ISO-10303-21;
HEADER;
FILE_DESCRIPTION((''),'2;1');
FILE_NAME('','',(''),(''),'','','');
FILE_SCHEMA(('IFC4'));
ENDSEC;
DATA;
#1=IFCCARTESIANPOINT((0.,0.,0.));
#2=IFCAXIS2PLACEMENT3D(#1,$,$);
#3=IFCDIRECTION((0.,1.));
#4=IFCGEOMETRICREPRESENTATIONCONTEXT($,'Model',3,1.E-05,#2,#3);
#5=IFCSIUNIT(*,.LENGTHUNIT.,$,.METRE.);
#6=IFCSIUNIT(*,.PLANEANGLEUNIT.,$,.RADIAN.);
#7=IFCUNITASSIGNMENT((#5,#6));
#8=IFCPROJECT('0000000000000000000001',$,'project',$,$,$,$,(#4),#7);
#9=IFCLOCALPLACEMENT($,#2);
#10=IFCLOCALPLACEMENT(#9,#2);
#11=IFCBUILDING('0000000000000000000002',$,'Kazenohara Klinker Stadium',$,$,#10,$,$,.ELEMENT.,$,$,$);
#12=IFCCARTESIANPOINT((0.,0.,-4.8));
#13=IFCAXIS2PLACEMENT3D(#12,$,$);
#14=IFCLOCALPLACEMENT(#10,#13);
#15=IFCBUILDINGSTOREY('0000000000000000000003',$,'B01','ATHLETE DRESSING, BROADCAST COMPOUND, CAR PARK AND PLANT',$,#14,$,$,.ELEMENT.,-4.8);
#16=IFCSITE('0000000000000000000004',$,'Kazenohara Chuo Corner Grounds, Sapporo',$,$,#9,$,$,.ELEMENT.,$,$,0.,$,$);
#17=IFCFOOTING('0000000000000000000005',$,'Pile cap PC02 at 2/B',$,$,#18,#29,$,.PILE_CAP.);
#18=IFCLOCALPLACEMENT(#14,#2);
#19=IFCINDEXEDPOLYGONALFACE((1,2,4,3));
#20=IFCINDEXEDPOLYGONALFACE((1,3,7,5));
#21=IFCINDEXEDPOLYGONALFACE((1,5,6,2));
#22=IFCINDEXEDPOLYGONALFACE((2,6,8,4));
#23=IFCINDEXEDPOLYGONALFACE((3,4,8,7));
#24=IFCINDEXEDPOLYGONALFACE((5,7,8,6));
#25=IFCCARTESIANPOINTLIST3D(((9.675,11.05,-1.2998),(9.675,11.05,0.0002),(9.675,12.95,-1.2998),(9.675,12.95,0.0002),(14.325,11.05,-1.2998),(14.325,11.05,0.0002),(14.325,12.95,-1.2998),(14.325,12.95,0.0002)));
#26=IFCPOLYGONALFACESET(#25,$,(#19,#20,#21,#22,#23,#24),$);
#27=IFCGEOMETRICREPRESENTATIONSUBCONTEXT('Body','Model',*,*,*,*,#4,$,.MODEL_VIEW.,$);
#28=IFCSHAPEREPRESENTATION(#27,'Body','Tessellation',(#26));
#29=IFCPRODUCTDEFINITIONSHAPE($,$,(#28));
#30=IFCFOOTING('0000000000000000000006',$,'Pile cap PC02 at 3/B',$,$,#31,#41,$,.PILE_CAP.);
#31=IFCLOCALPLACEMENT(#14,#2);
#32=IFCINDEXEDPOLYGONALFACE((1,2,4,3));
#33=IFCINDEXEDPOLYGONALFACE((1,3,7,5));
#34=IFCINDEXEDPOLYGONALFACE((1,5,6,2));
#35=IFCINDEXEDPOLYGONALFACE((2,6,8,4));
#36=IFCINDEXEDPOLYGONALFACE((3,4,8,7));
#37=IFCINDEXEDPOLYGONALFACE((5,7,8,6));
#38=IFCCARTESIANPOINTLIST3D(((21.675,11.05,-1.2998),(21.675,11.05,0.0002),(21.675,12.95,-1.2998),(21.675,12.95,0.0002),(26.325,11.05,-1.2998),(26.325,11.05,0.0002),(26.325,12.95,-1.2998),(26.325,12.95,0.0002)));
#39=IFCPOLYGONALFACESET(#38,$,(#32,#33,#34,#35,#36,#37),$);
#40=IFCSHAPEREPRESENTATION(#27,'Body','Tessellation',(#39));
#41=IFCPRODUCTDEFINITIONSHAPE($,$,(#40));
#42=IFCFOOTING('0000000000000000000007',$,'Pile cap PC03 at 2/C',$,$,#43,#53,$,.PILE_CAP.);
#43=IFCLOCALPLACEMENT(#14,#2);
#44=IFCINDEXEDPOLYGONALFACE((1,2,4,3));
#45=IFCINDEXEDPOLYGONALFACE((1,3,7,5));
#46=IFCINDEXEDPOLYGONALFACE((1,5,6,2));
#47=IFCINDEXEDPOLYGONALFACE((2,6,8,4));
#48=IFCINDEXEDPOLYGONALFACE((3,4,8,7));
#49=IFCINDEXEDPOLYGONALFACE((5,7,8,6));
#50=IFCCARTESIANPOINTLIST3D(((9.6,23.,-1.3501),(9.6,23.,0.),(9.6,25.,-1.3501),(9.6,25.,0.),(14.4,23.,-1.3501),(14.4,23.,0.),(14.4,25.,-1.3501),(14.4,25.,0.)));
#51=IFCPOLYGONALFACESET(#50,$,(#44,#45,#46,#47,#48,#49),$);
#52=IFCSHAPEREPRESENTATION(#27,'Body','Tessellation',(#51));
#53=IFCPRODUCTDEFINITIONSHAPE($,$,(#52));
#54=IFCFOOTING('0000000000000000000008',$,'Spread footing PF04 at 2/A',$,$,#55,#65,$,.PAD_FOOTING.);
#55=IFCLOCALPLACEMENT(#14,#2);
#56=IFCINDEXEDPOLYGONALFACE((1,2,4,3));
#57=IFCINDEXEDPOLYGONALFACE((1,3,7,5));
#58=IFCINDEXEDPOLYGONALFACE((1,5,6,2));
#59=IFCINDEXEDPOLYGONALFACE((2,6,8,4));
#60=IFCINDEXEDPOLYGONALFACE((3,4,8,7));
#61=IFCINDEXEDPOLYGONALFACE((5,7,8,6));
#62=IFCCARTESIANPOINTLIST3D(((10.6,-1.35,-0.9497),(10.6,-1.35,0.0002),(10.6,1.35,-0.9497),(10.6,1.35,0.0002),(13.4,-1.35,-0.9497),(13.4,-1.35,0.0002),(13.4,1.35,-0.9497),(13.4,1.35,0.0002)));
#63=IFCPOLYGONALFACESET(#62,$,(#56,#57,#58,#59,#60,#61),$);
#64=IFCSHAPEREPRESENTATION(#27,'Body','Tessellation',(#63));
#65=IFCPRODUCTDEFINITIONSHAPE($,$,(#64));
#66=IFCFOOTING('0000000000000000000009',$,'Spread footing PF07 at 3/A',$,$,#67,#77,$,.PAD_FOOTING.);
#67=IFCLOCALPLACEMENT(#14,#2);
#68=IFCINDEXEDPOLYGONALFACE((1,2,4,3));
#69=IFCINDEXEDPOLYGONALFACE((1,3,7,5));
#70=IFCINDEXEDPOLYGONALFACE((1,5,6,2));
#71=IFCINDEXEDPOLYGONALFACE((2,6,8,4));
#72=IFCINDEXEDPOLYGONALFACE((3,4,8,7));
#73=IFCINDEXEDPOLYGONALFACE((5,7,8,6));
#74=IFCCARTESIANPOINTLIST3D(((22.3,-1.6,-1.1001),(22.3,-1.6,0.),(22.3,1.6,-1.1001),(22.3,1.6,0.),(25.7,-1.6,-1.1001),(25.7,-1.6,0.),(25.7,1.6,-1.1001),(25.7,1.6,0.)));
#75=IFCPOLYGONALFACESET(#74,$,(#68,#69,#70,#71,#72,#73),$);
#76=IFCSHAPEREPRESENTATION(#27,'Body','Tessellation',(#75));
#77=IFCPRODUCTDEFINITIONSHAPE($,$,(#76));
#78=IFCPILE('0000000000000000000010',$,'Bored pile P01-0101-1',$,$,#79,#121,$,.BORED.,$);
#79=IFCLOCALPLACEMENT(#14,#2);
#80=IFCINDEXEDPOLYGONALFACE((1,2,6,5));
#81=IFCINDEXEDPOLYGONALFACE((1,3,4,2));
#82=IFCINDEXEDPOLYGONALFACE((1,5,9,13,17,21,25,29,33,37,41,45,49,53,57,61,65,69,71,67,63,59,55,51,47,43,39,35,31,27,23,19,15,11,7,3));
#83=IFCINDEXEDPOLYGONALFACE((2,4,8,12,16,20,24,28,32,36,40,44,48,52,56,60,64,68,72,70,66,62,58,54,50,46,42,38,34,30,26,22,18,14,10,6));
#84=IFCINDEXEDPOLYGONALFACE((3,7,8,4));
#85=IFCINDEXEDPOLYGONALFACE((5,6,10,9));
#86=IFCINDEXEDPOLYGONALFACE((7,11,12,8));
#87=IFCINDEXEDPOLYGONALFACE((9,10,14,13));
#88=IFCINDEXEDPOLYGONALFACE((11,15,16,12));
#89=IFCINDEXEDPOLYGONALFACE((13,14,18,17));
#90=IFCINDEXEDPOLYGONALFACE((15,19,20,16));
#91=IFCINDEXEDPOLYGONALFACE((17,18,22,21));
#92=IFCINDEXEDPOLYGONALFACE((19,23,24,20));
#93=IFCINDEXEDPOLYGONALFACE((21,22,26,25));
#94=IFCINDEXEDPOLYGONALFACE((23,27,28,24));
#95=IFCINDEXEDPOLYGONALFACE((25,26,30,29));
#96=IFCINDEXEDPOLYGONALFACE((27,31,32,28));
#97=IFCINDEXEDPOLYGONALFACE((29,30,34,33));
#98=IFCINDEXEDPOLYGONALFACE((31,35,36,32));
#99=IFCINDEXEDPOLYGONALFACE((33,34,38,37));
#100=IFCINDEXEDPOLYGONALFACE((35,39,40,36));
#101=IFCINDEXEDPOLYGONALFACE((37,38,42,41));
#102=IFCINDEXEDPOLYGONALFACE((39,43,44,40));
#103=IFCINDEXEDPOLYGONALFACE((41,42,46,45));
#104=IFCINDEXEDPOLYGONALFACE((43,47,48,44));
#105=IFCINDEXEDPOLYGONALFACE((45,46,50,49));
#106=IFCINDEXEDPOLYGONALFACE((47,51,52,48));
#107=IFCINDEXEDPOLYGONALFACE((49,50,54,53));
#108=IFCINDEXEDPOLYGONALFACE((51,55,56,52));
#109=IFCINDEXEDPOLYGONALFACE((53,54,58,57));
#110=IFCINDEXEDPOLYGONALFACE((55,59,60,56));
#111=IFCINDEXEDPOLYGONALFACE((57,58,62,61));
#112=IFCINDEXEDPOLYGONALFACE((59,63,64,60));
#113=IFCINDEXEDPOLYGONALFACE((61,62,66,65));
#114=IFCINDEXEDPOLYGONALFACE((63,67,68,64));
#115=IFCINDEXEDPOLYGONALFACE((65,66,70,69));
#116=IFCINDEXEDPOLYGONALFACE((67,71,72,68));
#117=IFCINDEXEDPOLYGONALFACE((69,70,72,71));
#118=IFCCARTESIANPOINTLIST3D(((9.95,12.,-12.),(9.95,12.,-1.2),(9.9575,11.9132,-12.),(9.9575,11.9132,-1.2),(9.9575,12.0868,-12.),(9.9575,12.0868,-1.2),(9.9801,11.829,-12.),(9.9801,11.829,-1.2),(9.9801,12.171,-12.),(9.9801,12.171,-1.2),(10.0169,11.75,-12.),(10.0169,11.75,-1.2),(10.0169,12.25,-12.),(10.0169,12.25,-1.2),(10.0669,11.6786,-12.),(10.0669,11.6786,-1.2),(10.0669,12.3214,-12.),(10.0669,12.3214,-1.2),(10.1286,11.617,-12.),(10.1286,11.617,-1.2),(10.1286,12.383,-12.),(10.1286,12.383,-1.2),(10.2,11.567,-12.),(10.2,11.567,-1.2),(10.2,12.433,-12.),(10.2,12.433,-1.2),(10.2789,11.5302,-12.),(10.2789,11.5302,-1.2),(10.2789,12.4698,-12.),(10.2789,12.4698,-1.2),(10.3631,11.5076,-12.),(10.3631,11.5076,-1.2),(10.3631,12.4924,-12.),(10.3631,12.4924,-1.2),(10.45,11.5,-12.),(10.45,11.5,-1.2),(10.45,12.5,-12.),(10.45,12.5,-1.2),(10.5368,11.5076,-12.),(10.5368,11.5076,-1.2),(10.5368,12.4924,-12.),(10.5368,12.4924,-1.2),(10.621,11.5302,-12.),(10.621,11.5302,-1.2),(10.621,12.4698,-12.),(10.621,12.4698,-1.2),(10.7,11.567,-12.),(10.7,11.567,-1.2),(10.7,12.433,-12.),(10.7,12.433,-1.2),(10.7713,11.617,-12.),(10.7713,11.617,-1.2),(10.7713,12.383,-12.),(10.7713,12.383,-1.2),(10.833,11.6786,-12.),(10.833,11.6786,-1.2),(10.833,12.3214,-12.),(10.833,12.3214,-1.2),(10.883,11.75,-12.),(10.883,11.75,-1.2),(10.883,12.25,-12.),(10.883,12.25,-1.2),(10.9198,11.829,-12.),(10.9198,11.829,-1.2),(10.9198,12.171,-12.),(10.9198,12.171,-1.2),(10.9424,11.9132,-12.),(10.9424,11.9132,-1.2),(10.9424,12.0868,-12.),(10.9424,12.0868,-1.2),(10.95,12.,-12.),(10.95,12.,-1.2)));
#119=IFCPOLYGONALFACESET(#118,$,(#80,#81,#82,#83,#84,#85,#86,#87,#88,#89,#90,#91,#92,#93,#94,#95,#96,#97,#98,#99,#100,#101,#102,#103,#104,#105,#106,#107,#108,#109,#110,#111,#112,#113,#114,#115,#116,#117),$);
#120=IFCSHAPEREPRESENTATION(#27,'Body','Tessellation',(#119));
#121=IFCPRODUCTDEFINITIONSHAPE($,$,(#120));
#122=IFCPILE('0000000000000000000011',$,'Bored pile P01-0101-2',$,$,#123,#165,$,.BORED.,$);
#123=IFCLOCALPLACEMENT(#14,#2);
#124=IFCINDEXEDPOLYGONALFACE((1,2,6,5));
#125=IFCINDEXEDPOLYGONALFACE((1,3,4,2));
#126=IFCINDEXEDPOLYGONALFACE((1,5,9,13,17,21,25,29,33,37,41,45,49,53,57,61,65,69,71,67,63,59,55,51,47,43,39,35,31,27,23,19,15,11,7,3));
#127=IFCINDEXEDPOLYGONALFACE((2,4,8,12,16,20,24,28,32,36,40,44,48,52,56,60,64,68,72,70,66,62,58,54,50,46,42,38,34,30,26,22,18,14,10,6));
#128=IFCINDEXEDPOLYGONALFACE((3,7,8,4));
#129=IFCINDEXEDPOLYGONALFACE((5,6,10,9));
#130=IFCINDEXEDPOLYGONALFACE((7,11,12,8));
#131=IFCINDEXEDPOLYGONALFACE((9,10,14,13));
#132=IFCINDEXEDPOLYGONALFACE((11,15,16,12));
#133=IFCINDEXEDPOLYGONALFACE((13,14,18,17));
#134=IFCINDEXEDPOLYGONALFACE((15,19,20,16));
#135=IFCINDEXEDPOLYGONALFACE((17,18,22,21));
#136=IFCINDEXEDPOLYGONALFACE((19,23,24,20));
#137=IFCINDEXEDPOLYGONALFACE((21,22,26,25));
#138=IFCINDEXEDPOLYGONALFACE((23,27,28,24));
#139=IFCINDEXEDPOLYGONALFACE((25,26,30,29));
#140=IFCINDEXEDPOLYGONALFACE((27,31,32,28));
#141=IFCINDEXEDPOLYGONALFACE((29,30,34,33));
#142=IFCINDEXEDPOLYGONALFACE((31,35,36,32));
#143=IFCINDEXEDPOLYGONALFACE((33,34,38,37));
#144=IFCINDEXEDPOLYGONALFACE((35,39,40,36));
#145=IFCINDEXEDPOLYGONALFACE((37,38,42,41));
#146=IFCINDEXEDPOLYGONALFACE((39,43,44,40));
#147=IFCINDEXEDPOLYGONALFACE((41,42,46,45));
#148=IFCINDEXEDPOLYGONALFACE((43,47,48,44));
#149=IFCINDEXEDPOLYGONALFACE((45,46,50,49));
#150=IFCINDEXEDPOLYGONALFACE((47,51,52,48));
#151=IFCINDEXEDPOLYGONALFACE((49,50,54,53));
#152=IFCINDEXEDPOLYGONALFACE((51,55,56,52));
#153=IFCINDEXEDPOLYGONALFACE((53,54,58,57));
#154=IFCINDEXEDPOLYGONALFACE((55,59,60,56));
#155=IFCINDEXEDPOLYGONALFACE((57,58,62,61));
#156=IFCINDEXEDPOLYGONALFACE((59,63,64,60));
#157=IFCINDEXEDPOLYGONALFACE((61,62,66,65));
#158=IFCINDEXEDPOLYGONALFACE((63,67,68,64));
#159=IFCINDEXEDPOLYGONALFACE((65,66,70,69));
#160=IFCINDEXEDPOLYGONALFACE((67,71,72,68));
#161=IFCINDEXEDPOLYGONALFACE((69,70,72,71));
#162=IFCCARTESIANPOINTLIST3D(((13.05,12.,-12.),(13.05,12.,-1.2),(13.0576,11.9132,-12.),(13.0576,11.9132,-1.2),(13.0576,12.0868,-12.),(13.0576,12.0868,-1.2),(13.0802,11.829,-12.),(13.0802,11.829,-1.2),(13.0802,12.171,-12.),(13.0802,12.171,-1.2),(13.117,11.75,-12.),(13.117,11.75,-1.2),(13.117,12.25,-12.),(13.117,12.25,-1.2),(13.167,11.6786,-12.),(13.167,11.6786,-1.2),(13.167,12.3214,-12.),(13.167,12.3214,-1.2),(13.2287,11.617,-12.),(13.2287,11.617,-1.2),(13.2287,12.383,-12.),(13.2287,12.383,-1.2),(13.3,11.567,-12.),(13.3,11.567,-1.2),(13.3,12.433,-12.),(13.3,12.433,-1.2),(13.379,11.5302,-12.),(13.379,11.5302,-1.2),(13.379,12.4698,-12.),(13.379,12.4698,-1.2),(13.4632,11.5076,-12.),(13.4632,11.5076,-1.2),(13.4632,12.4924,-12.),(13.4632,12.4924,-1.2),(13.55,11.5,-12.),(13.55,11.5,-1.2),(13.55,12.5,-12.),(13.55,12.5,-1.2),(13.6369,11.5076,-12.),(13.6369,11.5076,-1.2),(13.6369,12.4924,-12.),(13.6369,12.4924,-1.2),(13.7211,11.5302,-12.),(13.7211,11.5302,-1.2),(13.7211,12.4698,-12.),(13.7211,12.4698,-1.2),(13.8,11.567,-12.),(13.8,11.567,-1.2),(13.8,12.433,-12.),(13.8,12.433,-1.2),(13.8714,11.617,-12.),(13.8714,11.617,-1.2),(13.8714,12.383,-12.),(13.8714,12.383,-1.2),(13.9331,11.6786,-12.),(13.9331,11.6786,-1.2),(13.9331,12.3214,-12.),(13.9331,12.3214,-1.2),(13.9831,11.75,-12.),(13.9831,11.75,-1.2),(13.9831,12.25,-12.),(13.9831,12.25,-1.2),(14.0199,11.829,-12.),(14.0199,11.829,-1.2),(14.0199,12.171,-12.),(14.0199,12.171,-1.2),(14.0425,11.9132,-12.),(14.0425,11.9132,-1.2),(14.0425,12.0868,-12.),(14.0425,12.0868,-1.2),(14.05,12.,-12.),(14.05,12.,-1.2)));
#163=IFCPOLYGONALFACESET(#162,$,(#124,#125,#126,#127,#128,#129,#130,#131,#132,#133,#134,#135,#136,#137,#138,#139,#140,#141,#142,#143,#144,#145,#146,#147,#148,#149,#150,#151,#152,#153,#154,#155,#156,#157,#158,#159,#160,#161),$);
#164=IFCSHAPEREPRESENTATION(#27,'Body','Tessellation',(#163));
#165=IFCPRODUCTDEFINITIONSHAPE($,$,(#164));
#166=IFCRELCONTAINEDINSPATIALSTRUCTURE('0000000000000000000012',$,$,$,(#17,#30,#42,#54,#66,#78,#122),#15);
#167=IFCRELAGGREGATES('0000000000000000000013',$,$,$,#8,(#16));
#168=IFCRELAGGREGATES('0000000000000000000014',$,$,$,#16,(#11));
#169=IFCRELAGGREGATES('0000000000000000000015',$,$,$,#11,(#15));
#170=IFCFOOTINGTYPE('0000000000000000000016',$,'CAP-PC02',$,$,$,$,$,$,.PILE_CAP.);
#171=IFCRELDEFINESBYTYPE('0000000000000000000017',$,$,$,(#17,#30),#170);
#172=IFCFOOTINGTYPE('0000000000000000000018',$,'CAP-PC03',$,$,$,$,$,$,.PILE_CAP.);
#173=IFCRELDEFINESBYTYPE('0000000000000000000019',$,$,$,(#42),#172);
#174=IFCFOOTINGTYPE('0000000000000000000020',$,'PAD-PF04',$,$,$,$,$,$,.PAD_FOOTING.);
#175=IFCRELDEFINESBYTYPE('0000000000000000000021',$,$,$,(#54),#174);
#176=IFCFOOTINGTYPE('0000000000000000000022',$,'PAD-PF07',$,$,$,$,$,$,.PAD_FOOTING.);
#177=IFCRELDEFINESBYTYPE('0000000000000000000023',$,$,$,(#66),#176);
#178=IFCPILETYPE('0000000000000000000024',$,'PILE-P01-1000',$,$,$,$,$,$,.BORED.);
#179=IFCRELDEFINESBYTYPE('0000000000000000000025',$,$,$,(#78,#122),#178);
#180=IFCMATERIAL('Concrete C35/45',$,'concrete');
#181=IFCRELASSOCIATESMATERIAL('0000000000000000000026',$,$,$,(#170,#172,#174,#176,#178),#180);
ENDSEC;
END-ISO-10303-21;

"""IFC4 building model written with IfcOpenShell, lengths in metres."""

from ifc_helpers import new_model, si_unit, direction, frame, origin, origin_2d, place, context, subcontext, project, spatial, rectangle, circle, extrude, material, material_profile, profile_set, type_object, element, save


model = new_model("IFC4")

# Units and contexts
model_context = context("Model", 3, precision=1e-05, world=origin(), true_north=direction((0.0, 1.0)))
body_context = subcontext(model_context, "Body", "Model", "MODEL_VIEW")
ifc_project = project(units=[si_unit("LENGTHUNIT", "METRE"), si_unit("PLANEANGLEUNIT", "RADIAN")], contexts=[model_context])

# Site, building, storey
site_placement = place(None, origin())
site = spatial("IfcSite", under=ifc_project, at=site_placement, Name="Kazenohara Chuo Corner Grounds, Sapporo", CompositionType="ELEMENT", RefElevation=0.0)
building_placement = place(site_placement, origin())
building = spatial("IfcBuilding", under=site, at=building_placement, Name="Kazenohara Klinker Stadium", CompositionType="ELEMENT")
storey_placement = place(building_placement, frame((0.0, 0.0, -4.8)))
storey = spatial("IfcBuildingStorey", under=building, at=storey_placement, Name="B01", Description="ATHLETE DRESSING, BROADCAST COMPOUND, CAR PARK AND PLANT", CompositionType="ELEMENT", Elevation=-4.8)

# Footings
ifc_material_1 = material(Name="Concrete C35/45", Category="concrete")
footing_type_1 = type_object("IfcFootingType", Name="CAP-PC02", PredefinedType="PILE_CAP", material=ifc_material_1)
for number, where, z_axis, x_axis, name in (
    (1, (12.0, 12.0, -1.2998), (0.0, 0.0, 1.0), (1.0, 0.0, 0.0), "Pile cap PC02 at 2/B"),
    (2, (24.0, 12.0, -1.2998), (0.0, 0.0, 1.0), (1.0, 0.0, 0.0), "Pile cap PC02 at 3/B"),
):
    element("IfcFooting", number, at=place(storey_placement, frame(where, z_axis=z_axis, x_axis=x_axis)), inside=storey, type_object=footing_type_1, Name=name, PredefinedType="PILE_CAP", context=body_context, shape_type="SweptSolid", body=[
        extrude(rectangle(XDim=4.6499, YDim=1.8999, at=origin_2d()), origin(), (0.0, 0.0, 1.0), 1.3),
    ])
footing_type_2 = type_object("IfcFootingType", Name="CAP-PC03", PredefinedType="PILE_CAP", material=ifc_material_1)
footing_1_placement = place(storey_placement, frame((12.0, 24.0, -1.3501), z_axis=(0.0, 0.0, 1.0), x_axis=(1.0, 0.0, 0.0)))
element("IfcFooting", 3, at=footing_1_placement, inside=storey, type_object=footing_type_2, Name="Pile cap PC03 at 2/C", PredefinedType="PILE_CAP", context=body_context, shape_type="SweptSolid", body=[
    extrude(rectangle(XDim=4.8, YDim=2.0, at=origin_2d()), origin(), (0.0, 0.0, 1.0), 1.3501),
])
footing_type_3 = type_object("IfcFootingType", Name="PAD-PF04", PredefinedType="PAD_FOOTING", material=ifc_material_1)
footing_2_placement = place(storey_placement, frame((12.0, 0.0, -0.9497), z_axis=(0.0, 0.0, 1.0), x_axis=(1.0, 0.0, 0.0)))
element("IfcFooting", 4, at=footing_2_placement, inside=storey, type_object=footing_type_3, Name="Spread footing PF04 at 2/A", PredefinedType="PAD_FOOTING", context=body_context, shape_type="SweptSolid", body=[
    extrude(rectangle(XDim=2.8, YDim=2.7, at=origin_2d()), origin(), (0.0, 0.0, 1.0), 0.95),
])
footing_type_4 = type_object("IfcFootingType", Name="PAD-PF07", PredefinedType="PAD_FOOTING", material=ifc_material_1)
footing_3_placement = place(storey_placement, frame((24.0, 0.0, -1.1001), z_axis=(0.0, 0.0, 1.0), x_axis=(1.0, 0.0, 0.0)))
element("IfcFooting", 5, at=footing_3_placement, inside=storey, type_object=footing_type_4, Name="Spread footing PF07 at 3/A", PredefinedType="PAD_FOOTING", context=body_context, shape_type="SweptSolid", body=[
    extrude(rectangle(XDim=3.3999, YDim=3.2, at=origin_2d()), origin(), (0.0, 0.0, 1.0), 1.1001),
])

# Piles
ifc_material_profile_1 = material_profile(ifc_material_1, circle(Radius=0.5, at=origin_2d()), Name="BORED-PILE-1000")
ifc_profile_set_1 = profile_set([ifc_material_profile_1], Name="Concrete C35/45")
pile_type_1 = type_object("IfcPileType", Name="PILE-P01-1000", PredefinedType="BORED", material=ifc_profile_set_1)
for number, where, z_axis, x_axis, name in (
    (6, (10.45, 12.0, -1.2), (0.0, 0.0, -1.0), (1.0, 0.0, 0.0), "Bored pile P01-0101-1"),
    (7, (13.55, 12.0, -1.2), (0.0, 0.0, -1.0), (1.0, 0.0, 0.0), "Bored pile P01-0101-2"),
):
    element("IfcPile", number, at=place(storey_placement, frame(where, z_axis=z_axis, x_axis=x_axis)), inside=storey, type_object=pile_type_1, Name=name, PredefinedType="BORED", context=body_context, shape_type="SweptSolid", body=[
        extrude(circle(Radius=0.5, at=origin_2d()), origin(), (0.0, 0.0, 1.0), 10.8),
    ])

save(model, "model.ifc")
